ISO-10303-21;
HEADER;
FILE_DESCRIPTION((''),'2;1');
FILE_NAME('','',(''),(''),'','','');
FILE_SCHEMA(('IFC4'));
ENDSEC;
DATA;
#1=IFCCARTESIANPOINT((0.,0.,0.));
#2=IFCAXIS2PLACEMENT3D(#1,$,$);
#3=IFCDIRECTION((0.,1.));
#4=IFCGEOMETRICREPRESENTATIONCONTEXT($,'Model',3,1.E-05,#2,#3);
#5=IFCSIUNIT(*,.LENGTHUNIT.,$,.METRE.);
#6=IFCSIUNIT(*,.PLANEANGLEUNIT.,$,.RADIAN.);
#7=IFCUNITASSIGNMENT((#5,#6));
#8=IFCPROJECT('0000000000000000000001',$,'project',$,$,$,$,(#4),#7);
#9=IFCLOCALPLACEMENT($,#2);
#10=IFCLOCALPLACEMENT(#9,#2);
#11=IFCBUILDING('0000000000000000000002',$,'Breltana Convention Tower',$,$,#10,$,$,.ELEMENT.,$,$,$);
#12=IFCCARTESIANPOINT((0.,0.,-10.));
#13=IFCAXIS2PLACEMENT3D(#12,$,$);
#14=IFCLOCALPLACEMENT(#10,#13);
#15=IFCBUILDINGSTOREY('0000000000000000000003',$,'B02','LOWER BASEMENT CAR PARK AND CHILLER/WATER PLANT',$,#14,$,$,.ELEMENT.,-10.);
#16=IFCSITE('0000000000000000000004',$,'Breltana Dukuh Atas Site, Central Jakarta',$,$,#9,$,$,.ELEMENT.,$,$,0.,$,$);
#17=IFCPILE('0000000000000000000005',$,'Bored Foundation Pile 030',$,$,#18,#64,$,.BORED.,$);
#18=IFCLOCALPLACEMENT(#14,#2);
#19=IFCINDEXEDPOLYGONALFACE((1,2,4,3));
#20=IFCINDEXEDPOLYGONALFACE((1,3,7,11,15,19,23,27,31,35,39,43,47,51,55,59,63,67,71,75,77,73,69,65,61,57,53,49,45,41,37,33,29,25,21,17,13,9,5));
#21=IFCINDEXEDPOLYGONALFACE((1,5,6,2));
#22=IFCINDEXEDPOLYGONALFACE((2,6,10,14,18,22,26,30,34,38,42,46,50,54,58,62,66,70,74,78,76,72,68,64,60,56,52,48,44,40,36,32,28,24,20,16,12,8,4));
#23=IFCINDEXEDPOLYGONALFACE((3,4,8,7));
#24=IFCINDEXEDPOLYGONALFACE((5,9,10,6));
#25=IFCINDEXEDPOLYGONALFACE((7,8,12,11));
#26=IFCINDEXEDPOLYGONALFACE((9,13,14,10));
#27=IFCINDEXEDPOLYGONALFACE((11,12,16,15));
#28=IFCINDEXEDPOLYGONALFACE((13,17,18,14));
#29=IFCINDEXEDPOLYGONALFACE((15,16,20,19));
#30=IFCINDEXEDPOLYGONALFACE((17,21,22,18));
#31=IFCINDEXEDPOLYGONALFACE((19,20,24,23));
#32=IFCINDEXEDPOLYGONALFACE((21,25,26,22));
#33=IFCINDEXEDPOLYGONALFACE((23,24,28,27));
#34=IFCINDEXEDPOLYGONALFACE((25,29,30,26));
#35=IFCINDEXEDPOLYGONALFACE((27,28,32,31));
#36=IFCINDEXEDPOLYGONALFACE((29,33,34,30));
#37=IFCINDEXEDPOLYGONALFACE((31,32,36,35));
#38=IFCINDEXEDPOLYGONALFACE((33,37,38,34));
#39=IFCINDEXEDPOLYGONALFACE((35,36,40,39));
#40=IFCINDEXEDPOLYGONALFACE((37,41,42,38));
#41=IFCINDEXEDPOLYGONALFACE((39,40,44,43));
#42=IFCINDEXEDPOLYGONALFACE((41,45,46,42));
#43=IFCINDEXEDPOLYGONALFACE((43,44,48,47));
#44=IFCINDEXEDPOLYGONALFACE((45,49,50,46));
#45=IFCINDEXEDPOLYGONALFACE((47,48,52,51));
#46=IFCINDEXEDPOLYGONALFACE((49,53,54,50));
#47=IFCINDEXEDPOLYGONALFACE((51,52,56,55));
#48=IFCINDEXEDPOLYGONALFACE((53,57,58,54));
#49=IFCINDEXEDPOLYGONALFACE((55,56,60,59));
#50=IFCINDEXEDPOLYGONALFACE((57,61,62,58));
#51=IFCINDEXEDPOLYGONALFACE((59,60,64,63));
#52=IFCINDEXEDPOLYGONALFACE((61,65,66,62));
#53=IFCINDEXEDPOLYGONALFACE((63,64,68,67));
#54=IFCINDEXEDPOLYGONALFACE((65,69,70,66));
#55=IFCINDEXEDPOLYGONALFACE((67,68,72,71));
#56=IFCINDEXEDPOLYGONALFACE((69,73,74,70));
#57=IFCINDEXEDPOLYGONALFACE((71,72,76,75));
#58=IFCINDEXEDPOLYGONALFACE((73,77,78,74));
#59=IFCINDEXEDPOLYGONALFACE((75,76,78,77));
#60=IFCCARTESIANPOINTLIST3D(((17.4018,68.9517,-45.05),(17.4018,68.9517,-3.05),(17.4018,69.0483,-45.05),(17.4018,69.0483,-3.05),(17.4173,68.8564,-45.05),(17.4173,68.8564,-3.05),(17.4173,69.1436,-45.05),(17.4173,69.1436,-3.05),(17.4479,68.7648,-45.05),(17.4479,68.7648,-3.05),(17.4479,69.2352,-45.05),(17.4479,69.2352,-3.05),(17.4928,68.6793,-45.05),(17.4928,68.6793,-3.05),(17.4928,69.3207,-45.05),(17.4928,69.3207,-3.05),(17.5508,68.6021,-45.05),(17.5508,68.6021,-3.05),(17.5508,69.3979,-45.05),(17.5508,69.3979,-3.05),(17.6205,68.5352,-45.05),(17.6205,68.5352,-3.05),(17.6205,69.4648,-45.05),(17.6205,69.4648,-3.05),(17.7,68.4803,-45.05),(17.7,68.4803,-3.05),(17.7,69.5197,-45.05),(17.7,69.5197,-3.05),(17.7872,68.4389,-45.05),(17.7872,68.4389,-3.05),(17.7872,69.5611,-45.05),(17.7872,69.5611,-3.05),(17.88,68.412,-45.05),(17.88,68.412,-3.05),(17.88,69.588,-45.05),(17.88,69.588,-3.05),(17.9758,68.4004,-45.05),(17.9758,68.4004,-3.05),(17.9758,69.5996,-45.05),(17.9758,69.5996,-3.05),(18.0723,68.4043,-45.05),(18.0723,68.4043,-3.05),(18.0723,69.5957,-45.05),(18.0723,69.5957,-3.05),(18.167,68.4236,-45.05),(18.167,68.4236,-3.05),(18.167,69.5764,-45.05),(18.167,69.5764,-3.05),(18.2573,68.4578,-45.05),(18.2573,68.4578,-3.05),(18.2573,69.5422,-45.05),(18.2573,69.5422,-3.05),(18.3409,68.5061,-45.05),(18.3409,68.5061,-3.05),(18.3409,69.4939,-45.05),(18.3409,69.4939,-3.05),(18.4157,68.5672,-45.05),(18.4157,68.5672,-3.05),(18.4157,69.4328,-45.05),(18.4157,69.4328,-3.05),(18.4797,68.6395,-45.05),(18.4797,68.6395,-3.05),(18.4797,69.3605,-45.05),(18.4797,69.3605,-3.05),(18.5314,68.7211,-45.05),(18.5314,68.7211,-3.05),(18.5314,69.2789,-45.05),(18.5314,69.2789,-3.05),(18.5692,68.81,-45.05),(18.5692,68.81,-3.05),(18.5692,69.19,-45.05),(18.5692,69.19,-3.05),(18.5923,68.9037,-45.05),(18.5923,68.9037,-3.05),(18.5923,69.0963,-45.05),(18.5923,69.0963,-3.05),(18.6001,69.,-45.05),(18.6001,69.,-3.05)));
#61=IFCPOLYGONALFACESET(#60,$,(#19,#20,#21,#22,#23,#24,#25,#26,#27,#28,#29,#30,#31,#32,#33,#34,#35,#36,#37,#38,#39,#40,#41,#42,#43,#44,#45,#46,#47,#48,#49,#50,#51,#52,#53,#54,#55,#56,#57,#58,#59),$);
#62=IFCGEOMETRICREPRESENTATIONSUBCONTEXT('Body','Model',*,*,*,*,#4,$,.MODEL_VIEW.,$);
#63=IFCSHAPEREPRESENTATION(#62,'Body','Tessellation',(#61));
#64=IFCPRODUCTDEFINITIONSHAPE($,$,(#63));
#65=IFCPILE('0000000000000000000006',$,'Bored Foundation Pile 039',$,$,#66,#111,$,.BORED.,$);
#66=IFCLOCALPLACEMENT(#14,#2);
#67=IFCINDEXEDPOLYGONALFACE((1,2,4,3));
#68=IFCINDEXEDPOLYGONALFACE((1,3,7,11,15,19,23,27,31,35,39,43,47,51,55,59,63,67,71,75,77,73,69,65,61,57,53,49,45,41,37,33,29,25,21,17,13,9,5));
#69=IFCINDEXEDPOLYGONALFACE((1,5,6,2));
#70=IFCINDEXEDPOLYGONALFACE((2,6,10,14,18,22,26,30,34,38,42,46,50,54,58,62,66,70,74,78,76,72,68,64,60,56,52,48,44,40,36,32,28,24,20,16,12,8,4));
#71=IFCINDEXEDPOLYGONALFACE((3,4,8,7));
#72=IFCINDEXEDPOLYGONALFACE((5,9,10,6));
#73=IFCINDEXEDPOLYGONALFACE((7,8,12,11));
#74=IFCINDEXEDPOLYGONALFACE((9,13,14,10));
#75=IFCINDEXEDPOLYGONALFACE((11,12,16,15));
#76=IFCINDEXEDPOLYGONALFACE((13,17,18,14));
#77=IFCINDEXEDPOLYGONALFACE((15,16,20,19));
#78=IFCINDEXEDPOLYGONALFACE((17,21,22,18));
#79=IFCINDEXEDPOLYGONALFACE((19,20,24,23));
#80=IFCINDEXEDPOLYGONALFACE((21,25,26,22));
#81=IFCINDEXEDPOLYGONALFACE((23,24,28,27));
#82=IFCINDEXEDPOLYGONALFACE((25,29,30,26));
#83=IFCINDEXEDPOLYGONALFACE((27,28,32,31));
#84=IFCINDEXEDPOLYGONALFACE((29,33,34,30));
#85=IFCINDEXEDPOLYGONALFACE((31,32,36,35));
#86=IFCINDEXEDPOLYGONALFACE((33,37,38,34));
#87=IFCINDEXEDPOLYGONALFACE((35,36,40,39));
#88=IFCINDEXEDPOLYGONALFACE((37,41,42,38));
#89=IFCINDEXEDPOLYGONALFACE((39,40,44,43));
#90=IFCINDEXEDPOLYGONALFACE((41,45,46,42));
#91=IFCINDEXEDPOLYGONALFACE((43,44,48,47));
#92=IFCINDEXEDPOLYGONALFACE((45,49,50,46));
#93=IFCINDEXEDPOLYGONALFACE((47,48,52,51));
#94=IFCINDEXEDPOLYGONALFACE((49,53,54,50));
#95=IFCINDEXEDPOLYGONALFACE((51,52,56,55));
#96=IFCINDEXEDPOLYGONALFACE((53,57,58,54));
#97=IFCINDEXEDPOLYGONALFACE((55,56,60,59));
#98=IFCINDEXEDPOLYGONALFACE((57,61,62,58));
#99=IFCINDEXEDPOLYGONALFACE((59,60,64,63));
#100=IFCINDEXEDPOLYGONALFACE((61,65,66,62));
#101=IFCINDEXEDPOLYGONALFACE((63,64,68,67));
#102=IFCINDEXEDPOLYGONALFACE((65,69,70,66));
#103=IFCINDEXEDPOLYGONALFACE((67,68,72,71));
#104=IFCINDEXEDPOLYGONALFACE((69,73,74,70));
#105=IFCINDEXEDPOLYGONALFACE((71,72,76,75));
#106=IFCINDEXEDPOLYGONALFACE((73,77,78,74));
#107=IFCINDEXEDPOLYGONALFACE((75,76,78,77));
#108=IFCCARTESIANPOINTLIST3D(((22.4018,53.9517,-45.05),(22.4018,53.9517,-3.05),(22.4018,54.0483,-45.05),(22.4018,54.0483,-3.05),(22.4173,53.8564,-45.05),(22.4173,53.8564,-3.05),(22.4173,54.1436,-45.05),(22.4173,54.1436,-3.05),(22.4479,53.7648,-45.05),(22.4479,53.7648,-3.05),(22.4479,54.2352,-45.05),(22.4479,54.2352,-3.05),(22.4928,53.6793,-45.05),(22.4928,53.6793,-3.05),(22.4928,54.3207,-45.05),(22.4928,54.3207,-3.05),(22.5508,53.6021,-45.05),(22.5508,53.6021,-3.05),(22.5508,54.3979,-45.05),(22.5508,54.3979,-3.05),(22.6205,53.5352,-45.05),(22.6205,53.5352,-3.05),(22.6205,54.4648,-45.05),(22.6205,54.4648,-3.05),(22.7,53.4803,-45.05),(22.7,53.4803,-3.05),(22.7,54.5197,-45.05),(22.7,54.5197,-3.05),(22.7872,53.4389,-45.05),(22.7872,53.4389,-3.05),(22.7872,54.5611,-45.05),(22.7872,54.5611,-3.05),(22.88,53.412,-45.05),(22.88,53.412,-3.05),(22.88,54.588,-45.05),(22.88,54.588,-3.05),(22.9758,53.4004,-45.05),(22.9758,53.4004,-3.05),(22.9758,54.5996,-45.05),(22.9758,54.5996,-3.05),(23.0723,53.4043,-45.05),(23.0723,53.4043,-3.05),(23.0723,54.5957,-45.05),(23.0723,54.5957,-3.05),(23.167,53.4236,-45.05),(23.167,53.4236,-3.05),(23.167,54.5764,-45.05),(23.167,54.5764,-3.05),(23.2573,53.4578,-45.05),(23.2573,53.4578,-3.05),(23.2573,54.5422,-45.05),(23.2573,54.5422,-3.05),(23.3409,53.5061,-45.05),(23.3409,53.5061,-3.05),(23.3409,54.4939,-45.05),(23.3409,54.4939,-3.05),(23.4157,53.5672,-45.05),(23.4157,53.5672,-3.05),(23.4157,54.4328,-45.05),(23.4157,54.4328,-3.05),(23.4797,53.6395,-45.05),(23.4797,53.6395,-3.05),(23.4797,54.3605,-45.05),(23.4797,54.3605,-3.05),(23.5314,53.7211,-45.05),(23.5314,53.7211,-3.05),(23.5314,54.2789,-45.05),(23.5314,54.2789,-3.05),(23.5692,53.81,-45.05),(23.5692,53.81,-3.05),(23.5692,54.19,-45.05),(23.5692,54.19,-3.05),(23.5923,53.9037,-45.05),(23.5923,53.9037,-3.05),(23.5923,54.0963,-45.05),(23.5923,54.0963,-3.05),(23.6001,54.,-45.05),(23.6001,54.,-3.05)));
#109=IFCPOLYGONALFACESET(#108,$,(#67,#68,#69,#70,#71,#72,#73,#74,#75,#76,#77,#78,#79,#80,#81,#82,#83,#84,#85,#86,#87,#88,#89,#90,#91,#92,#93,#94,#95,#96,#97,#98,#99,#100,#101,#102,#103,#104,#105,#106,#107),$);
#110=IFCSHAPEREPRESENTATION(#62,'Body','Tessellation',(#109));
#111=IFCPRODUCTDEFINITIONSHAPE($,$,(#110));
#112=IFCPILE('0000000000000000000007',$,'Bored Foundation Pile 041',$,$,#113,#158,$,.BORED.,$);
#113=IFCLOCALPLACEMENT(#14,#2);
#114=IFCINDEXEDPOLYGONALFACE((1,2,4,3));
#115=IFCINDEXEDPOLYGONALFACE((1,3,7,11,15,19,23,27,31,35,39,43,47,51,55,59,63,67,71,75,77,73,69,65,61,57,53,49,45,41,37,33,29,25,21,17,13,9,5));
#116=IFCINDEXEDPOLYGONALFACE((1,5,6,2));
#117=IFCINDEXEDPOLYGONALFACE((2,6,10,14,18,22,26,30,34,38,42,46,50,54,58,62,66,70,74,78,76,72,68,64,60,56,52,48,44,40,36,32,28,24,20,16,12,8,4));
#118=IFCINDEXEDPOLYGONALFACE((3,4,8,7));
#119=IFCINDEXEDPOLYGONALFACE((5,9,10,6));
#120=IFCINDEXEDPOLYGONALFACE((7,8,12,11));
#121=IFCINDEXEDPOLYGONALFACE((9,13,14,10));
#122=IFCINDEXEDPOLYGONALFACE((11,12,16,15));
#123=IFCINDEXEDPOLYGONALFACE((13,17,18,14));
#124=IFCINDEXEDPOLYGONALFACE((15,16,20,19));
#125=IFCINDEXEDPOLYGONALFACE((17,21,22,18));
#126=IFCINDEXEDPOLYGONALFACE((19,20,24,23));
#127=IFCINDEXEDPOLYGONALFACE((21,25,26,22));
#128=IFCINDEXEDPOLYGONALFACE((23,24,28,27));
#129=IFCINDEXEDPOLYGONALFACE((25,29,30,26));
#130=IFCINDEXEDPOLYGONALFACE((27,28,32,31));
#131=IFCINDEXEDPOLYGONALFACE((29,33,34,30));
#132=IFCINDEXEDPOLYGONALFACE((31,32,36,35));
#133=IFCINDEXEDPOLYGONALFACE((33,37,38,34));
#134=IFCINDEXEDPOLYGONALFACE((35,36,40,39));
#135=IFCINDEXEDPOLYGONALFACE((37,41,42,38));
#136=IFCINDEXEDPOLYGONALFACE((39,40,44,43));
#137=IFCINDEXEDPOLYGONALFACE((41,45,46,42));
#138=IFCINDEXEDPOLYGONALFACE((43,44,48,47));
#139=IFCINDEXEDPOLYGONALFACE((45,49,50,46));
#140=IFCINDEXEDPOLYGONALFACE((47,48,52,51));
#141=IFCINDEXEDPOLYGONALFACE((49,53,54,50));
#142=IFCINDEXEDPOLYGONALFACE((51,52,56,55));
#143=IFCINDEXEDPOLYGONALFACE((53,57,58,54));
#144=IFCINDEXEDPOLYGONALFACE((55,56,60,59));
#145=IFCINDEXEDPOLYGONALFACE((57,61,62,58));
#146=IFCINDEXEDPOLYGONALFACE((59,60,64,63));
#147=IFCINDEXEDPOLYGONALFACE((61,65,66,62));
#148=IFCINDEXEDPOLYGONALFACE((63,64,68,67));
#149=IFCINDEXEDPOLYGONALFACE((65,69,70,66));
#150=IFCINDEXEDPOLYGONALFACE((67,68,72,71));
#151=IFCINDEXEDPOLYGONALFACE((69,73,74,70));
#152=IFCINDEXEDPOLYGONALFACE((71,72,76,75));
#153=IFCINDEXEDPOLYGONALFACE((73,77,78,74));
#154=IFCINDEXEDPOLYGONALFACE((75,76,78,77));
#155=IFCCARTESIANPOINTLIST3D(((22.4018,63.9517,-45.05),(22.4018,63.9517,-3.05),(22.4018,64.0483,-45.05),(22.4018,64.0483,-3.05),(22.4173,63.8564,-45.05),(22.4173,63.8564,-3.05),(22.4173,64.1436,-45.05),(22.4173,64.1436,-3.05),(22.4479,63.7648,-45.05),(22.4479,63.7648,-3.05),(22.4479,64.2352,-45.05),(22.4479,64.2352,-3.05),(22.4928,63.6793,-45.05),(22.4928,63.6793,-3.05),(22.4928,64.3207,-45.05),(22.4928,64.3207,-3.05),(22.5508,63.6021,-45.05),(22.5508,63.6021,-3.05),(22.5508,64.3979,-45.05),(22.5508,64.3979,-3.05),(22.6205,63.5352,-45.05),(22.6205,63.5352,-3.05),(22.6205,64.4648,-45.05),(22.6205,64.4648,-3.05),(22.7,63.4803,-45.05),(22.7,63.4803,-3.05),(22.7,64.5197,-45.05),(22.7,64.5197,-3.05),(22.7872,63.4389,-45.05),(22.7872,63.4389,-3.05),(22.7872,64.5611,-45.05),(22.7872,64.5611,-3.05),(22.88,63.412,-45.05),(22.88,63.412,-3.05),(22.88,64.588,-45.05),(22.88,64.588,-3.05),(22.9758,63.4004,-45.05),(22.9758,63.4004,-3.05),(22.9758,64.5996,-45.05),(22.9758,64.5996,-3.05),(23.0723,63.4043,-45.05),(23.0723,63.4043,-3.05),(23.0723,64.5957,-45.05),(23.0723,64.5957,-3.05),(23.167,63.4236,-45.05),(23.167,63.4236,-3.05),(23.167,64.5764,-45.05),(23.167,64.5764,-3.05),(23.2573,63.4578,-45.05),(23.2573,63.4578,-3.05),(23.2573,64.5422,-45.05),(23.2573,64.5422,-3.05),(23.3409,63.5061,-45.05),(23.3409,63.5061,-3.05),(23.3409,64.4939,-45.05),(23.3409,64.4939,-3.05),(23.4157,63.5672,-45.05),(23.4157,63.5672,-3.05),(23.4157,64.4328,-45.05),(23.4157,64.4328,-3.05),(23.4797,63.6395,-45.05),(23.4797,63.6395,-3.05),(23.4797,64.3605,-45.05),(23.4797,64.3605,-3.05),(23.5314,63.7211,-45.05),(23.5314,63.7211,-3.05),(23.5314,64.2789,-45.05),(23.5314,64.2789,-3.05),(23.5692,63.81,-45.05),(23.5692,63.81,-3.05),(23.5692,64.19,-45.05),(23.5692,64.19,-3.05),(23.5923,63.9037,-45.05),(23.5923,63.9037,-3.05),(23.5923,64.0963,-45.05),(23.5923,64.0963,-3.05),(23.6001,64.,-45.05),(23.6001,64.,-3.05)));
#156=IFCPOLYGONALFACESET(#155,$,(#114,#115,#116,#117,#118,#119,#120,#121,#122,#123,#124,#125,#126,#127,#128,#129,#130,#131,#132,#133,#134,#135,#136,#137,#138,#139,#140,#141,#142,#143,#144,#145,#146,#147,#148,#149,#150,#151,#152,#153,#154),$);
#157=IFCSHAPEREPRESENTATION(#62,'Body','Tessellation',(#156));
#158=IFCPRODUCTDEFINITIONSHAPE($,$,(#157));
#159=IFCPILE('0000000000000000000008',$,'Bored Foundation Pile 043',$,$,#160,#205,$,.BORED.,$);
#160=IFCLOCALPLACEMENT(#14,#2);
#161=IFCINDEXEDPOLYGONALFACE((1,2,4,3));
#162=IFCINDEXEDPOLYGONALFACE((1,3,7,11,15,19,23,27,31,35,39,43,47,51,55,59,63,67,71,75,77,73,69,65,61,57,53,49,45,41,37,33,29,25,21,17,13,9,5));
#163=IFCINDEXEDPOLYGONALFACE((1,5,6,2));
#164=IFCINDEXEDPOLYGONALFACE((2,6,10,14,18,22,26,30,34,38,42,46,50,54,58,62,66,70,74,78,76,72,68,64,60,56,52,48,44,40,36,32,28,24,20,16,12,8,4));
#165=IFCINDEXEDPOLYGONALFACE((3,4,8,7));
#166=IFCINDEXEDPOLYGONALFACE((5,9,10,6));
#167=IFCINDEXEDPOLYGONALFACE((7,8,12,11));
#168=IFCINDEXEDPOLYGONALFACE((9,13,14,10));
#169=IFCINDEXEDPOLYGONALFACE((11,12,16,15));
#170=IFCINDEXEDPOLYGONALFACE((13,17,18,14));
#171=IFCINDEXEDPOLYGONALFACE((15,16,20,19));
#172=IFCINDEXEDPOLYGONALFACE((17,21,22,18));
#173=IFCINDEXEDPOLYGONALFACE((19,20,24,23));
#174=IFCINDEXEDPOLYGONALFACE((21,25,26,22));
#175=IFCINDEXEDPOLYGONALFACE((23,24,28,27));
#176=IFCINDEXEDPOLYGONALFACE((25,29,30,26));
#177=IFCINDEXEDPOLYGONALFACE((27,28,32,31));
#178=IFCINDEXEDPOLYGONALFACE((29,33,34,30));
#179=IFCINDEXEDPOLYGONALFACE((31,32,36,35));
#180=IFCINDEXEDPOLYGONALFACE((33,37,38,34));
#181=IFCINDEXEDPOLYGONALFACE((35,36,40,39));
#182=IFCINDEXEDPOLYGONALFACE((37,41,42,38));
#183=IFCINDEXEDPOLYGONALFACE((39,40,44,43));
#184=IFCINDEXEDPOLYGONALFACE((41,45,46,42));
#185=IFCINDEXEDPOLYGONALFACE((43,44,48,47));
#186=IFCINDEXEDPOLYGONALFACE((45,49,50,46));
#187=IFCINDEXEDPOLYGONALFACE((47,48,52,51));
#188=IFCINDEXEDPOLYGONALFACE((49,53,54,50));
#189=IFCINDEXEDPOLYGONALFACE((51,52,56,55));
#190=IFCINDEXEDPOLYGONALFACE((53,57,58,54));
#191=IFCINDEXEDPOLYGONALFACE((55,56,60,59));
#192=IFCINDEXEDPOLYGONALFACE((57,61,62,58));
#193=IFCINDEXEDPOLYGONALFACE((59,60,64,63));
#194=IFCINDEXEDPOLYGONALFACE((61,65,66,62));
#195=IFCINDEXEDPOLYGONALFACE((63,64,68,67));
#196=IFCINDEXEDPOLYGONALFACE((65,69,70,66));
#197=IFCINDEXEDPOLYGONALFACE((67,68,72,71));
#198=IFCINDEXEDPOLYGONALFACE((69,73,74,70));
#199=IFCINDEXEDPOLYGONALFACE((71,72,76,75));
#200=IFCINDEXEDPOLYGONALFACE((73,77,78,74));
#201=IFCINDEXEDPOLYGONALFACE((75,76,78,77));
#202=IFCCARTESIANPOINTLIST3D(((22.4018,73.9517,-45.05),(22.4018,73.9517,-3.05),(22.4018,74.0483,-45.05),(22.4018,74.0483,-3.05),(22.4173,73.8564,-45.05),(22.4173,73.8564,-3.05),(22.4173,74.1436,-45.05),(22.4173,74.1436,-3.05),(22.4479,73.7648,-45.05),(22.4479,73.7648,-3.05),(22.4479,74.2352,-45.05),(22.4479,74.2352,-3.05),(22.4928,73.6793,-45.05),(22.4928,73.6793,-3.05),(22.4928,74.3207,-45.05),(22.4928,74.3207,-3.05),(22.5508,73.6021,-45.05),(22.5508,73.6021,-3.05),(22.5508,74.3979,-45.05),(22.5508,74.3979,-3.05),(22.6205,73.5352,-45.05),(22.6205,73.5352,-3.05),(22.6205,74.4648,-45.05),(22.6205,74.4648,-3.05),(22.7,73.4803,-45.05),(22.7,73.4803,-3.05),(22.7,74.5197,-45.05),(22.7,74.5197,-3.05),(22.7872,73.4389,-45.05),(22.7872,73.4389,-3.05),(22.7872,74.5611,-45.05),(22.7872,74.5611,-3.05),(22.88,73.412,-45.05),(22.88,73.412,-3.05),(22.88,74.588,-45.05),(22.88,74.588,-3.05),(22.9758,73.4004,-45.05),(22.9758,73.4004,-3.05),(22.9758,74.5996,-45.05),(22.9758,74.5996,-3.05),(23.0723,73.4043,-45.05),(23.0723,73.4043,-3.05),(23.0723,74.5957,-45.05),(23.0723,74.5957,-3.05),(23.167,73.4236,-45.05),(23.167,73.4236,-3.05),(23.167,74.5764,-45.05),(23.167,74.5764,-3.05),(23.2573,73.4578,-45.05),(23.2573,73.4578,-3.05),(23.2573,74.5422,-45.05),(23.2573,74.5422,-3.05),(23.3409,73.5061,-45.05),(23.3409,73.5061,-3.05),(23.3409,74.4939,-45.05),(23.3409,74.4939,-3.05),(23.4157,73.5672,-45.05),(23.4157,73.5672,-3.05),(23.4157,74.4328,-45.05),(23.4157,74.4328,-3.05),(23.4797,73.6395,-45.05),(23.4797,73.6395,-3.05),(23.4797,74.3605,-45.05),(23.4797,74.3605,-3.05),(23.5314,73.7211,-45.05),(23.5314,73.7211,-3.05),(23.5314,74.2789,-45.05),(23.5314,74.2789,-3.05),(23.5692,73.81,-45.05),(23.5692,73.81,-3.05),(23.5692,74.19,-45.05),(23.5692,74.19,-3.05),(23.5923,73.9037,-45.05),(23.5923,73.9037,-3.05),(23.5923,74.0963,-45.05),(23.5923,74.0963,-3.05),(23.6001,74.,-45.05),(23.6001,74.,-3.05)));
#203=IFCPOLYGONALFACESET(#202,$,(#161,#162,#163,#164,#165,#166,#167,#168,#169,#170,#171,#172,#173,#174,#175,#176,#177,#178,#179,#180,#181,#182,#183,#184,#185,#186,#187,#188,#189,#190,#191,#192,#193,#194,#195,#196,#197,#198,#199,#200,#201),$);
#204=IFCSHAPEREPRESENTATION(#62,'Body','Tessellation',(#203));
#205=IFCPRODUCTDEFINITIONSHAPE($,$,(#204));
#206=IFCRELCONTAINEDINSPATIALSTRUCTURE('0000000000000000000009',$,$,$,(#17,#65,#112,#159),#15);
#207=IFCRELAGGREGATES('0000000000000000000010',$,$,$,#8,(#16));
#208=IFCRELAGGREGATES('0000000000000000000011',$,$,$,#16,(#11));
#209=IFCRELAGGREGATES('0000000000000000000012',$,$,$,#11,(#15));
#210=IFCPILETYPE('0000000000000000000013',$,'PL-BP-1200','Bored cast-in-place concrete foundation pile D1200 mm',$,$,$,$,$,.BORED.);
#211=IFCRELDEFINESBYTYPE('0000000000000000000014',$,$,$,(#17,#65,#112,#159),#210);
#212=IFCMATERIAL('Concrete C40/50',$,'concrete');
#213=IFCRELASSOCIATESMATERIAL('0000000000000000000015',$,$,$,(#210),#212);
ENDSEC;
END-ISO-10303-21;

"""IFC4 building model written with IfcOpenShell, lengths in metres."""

from ifc_helpers import new_model, si_unit, direction, frame, origin, origin_2d, place, context, subcontext, project, spatial, circle, extrude, source, transform, mapped, material, material_profile, profile_set, type_object, type_shapes, element, save


model = new_model("IFC4")

# Units and contexts
model_context = context("Model", 3, precision=1e-05, world=origin(), true_north=direction((0.0, 1.0)))
body_context = subcontext(model_context, "Body", "Model", "MODEL_VIEW")
ifc_project = project(units=[si_unit("LENGTHUNIT", "METRE"), si_unit("PLANEANGLEUNIT", "RADIAN")], contexts=[model_context])

# Site, building, storey
site_placement = place(None, origin())
site = spatial("IfcSite", under=ifc_project, at=site_placement, Name="Breltana Dukuh Atas Site, Central Jakarta", CompositionType="ELEMENT", RefElevation=0.0)
building_placement = place(site_placement, origin())
building = spatial("IfcBuilding", under=site, at=building_placement, Name="Breltana Convention Tower", CompositionType="ELEMENT")
storey_placement = place(building_placement, frame((0.0, 0.0, -10.0)))
storey = spatial("IfcBuildingStorey", under=building, at=storey_placement, Name="B02", Description="LOWER BASEMENT CAR PARK AND CHILLER/WATER PLANT", CompositionType="ELEMENT", Elevation=-10.0)

# Piles
ifc_material_1 = material(Name="Concrete C40/50", Category="concrete")
ifc_material_profile_1 = material_profile(ifc_material_1, circle(Radius=0.6001, at=origin_2d()), Name="BP-D1200")
ifc_profile_set_1 = profile_set([ifc_material_profile_1], Name="Concrete C40/50")
pile_type_1 = type_object("IfcPileType", Name="PL-BP-1200", Description="Bored cast-in-place concrete foundation pile D1200 mm", PredefinedType="BORED", material=ifc_profile_set_1)
shared_shape_1 = source(origin(), body_context, "Body", "SweptSolid", [
    extrude(circle(Radius=0.6001, at=origin_2d()), origin(), (0.0, 0.0, 1.0), 42.0),
])
type_shapes(pile_type_1, [shared_shape_1])
for number, where, z_axis, x_axis, name in (
    (1, (18.0, 69.0, -3.05), (0.0, 0.0, -1.0), (1.0, 0.0, 0.0), "Bored Foundation Pile 030"),
    (2, (23.0, 54.0, -3.05), (0.0, 0.0, -1.0), (1.0, 0.0, 0.0), "Bored Foundation Pile 039"),
    (3, (23.0, 64.0, -3.05), (0.0, 0.0, -1.0), (1.0, 0.0, 0.0), "Bored Foundation Pile 041"),
    (4, (23.0, 74.0, -3.05), (0.0, 0.0, -1.0), (1.0, 0.0, 0.0), "Bored Foundation Pile 043"),
):
    element("IfcPile", number, at=place(storey_placement, frame(where, z_axis=z_axis, x_axis=x_axis)), inside=storey, type_object=pile_type_1, Name=name, PredefinedType="BORED", context=body_context, shape_type="MappedRepresentation", body=[
        mapped(shared_shape_1, transform((0.0, 0.0, 0.0), scale=1.0)),
    ])

save(model, "model.ifc")
